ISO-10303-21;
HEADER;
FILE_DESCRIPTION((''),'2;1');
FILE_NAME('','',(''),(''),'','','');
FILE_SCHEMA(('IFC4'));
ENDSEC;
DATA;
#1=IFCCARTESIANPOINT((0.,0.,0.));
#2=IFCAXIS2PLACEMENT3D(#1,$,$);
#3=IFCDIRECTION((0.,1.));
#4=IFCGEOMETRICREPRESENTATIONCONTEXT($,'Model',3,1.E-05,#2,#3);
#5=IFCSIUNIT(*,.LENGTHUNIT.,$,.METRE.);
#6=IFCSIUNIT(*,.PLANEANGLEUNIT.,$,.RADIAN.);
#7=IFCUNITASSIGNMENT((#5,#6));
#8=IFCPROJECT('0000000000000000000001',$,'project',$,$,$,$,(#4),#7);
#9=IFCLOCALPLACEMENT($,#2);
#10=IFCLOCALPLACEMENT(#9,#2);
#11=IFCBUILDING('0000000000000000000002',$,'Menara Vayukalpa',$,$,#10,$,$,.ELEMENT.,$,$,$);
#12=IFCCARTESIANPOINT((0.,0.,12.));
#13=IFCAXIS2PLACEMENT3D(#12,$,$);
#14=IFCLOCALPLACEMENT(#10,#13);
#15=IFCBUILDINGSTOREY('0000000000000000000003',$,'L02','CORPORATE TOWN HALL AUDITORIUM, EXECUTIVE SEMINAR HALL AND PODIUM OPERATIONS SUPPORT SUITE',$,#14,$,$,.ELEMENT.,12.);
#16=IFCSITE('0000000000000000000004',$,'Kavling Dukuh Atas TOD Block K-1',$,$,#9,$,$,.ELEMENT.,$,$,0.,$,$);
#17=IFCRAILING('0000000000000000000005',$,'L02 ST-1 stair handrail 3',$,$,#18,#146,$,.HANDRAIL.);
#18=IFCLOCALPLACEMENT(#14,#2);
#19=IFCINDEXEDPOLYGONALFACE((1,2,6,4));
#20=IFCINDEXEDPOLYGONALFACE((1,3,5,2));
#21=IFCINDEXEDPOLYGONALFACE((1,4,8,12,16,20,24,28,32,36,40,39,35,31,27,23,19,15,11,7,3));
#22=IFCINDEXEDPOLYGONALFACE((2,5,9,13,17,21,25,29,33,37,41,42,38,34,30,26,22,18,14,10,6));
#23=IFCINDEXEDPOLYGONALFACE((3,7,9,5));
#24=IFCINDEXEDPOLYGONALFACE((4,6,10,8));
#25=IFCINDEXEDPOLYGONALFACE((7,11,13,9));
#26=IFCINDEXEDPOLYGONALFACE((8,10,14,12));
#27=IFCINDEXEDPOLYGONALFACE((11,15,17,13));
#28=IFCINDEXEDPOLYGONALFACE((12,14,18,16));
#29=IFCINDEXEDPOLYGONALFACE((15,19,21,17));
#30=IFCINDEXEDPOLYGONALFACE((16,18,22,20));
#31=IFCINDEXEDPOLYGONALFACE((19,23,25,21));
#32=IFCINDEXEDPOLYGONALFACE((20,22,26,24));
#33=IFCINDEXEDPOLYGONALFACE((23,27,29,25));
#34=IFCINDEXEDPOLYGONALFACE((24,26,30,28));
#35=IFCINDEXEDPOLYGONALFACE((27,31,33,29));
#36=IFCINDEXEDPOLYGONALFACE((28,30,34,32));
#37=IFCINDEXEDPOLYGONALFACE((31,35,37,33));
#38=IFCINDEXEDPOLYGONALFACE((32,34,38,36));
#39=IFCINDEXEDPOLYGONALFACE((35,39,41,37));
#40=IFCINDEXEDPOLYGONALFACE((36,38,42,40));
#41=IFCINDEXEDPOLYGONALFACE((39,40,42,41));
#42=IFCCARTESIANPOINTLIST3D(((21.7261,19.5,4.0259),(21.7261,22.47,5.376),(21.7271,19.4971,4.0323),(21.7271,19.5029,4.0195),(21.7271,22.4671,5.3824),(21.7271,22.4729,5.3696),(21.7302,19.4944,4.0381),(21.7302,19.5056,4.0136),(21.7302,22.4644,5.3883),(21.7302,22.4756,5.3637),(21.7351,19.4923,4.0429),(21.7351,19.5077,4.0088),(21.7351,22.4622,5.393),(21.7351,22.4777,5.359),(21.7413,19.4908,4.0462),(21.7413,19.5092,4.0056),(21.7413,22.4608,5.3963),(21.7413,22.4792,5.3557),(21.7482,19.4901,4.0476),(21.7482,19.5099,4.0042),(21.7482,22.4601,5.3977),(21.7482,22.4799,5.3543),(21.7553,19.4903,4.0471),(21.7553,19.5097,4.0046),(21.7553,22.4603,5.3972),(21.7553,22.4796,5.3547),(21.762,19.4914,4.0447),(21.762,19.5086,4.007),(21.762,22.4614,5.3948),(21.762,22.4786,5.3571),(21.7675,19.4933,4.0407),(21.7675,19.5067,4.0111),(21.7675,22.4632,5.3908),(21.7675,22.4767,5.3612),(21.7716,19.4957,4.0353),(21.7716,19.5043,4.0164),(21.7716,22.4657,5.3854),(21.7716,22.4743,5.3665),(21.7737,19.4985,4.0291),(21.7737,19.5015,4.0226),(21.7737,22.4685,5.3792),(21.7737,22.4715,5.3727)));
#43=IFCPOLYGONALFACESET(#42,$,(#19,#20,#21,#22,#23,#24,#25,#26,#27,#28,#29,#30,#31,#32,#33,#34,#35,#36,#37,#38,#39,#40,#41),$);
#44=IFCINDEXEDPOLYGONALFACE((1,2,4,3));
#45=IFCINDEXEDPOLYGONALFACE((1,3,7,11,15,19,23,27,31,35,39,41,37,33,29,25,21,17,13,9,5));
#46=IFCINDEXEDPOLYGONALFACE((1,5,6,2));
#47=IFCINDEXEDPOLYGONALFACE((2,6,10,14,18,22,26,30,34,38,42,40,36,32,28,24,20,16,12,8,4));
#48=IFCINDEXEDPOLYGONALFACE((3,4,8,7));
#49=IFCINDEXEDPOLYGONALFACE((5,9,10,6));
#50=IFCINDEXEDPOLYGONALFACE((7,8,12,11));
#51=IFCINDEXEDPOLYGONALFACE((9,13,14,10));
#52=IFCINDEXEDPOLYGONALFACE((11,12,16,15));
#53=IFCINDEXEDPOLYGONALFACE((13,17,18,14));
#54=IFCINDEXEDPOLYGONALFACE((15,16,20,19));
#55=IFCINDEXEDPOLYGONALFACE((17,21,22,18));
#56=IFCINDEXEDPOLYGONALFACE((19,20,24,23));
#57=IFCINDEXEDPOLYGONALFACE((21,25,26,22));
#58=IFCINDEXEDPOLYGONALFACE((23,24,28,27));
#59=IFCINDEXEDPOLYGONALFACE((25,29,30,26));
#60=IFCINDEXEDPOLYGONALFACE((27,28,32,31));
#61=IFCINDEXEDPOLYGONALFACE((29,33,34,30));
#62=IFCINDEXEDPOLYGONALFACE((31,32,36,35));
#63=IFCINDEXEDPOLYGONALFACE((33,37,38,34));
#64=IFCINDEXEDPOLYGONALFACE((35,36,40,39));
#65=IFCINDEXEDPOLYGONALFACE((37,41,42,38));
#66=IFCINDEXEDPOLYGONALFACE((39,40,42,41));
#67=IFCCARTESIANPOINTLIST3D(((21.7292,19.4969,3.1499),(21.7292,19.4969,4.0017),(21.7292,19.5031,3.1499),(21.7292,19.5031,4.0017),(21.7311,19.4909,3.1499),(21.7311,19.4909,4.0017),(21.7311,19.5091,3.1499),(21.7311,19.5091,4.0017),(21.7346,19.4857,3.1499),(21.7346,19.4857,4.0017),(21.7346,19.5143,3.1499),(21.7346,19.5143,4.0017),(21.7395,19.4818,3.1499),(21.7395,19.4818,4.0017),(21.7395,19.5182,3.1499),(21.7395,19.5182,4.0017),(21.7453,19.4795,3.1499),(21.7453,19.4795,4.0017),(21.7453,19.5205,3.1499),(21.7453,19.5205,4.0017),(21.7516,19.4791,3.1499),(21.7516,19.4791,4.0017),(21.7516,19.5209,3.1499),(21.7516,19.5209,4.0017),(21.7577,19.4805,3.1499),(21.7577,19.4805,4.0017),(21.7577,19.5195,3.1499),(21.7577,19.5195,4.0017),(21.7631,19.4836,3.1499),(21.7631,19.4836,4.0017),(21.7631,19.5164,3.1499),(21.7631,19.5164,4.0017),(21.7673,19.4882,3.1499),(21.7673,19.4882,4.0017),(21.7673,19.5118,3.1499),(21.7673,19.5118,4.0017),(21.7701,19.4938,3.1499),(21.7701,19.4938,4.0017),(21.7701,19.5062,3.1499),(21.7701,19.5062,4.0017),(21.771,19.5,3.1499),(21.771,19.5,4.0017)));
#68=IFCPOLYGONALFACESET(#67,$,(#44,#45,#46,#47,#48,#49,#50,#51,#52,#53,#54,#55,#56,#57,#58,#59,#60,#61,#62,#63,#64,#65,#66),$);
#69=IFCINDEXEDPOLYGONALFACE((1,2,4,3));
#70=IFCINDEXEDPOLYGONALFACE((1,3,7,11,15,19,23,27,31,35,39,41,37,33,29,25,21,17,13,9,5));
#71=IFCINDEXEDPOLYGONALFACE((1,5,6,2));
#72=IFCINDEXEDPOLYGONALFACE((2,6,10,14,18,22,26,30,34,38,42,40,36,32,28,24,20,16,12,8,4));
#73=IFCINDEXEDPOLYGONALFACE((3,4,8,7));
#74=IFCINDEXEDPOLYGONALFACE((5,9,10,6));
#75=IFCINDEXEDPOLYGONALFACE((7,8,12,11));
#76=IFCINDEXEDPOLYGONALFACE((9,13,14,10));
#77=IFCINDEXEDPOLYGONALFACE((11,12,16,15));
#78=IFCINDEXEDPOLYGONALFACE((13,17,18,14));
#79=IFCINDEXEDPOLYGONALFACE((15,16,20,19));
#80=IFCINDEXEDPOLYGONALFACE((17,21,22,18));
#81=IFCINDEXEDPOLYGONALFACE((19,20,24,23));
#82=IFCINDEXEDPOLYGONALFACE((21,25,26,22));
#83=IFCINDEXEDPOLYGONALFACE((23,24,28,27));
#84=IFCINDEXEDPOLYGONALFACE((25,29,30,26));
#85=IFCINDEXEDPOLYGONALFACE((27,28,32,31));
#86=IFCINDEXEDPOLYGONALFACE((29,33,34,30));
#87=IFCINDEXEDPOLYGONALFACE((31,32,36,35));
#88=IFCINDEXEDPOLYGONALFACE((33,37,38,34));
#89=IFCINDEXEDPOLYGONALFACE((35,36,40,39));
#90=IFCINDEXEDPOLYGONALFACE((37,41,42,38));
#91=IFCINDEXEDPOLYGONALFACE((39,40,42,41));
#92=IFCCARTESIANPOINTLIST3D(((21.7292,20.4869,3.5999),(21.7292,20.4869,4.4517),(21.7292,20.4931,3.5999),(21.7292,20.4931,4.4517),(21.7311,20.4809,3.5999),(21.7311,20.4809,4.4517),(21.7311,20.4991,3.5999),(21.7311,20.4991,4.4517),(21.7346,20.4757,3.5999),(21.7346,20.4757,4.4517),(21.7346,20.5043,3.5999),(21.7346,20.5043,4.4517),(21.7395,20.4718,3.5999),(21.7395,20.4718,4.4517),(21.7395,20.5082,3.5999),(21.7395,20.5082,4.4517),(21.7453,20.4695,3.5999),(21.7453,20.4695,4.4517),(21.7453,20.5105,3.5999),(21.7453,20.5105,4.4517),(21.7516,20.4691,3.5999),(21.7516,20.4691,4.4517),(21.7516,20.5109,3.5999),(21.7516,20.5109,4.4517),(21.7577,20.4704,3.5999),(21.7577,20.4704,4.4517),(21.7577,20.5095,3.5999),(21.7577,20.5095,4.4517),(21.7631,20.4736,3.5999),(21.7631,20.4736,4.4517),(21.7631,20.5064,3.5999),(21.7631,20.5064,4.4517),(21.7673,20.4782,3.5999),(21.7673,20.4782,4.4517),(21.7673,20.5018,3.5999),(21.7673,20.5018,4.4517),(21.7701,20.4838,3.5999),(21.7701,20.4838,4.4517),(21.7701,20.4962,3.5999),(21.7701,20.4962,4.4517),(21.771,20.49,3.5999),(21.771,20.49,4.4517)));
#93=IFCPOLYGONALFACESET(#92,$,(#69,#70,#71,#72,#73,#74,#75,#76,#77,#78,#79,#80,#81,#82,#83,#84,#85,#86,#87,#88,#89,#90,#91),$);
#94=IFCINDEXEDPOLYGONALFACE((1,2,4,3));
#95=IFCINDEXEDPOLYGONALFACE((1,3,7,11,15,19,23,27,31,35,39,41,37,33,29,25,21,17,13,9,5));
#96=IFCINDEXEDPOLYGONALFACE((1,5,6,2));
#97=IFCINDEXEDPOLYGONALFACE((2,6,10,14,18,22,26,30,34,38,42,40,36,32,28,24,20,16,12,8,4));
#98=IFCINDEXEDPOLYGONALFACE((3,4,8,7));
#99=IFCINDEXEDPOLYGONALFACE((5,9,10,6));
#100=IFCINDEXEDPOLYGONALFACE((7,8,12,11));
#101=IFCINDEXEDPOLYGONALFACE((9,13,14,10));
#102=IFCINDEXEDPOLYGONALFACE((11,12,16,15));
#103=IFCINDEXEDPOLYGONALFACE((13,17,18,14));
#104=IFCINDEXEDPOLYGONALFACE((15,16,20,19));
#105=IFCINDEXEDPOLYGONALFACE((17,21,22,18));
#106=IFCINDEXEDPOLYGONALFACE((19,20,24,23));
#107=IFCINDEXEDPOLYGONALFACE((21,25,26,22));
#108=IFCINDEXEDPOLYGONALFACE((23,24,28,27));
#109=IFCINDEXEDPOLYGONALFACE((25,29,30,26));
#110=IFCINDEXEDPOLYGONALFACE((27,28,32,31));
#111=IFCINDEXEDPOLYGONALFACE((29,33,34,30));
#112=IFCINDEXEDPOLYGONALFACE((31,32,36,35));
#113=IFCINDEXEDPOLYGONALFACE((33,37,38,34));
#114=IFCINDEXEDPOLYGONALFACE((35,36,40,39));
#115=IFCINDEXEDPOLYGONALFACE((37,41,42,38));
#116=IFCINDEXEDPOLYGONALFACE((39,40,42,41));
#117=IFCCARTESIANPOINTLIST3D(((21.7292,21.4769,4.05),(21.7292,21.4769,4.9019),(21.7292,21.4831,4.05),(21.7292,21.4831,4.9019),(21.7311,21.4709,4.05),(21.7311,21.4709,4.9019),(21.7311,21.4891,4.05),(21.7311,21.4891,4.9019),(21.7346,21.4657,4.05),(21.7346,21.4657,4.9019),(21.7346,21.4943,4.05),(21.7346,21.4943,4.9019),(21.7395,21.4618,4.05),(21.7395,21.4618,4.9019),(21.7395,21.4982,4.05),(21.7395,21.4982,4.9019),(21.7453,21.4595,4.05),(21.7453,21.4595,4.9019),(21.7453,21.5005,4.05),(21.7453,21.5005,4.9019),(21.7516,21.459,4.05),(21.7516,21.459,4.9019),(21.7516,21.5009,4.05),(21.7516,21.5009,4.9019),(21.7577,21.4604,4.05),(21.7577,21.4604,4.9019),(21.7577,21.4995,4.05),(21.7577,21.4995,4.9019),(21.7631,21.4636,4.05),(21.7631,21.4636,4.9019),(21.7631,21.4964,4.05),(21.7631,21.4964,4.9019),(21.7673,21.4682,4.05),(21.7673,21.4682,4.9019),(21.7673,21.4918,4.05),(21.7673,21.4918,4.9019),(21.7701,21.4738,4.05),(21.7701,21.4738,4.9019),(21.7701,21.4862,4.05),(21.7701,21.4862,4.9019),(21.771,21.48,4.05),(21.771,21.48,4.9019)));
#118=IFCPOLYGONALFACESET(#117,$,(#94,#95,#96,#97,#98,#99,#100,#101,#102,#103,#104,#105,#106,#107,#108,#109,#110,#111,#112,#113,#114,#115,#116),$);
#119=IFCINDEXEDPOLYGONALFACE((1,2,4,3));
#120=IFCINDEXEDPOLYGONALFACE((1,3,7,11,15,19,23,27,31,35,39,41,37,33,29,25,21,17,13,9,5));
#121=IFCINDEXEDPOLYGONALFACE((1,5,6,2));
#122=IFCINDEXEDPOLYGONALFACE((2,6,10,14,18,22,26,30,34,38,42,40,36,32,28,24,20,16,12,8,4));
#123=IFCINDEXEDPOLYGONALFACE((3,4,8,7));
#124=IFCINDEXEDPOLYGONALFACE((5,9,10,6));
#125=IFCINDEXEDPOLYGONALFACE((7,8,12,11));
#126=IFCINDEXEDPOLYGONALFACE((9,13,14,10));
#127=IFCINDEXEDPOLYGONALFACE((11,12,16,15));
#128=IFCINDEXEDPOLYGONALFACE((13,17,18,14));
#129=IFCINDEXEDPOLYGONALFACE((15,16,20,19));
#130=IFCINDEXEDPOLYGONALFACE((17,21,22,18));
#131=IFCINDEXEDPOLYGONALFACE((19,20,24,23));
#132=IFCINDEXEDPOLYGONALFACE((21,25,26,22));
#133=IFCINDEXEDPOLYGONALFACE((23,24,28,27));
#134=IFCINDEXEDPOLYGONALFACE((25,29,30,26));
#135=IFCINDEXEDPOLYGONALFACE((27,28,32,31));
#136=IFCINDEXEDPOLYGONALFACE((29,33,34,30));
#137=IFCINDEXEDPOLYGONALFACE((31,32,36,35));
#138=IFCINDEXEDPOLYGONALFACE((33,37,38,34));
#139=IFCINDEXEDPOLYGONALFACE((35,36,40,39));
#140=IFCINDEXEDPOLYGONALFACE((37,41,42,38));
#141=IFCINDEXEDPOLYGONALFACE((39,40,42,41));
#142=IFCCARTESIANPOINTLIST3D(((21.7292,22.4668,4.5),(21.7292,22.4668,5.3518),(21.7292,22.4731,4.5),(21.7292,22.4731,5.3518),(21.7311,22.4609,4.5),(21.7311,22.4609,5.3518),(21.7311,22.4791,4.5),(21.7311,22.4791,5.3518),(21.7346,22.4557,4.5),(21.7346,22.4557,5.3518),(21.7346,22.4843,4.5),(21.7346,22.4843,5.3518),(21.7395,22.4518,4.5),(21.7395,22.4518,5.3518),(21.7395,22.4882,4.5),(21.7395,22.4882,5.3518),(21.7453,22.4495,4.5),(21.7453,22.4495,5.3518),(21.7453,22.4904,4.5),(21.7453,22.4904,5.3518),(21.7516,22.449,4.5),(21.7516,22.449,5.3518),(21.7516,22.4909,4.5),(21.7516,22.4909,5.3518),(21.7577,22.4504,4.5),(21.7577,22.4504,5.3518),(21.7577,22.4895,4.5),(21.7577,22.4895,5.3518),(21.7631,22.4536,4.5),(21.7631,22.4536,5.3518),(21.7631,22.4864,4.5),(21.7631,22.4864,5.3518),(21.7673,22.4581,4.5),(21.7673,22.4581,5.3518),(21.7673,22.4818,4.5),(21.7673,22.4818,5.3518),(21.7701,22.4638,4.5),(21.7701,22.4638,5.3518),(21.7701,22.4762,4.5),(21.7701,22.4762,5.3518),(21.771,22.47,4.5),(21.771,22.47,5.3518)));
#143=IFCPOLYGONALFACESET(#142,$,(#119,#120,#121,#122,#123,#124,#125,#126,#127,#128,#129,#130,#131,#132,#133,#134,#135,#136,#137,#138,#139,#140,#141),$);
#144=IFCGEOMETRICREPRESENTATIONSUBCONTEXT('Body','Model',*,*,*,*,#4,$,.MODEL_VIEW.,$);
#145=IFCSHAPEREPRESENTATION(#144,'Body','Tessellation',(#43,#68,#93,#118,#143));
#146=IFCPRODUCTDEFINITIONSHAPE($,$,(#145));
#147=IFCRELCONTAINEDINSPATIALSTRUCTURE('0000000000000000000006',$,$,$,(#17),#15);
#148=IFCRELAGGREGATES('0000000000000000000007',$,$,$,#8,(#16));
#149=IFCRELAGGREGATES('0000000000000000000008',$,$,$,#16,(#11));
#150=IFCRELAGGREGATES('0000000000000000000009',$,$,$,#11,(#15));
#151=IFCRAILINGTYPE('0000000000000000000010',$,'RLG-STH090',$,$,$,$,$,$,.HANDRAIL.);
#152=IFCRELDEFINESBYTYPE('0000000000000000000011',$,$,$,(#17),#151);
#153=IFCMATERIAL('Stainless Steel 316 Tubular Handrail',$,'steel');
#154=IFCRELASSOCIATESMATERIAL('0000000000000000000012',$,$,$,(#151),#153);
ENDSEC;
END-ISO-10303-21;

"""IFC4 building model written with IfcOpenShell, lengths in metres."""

from ifc_helpers import new_model, si_unit, direction, frame, origin, origin_2d, place, context, subcontext, project, spatial, circle, extrude, material, type_object, element, save


model = new_model("IFC4")

# Units and contexts
model_context = context("Model", 3, precision=1e-05, world=origin(), true_north=direction((0.0, 1.0)))
body_context = subcontext(model_context, "Body", "Model", "MODEL_VIEW")
ifc_project = project(units=[si_unit("LENGTHUNIT", "METRE"), si_unit("PLANEANGLEUNIT", "RADIAN")], contexts=[model_context])

# Site, building, storey
site_placement = place(None, origin())
site = spatial("IfcSite", under=ifc_project, at=site_placement, Name="Kavling Dukuh Atas TOD Block K-1", CompositionType="ELEMENT", RefElevation=0.0)
building_placement = place(site_placement, origin())
building = spatial("IfcBuilding", under=site, at=building_placement, Name="Menara Vayukalpa", CompositionType="ELEMENT")
storey_placement = place(building_placement, frame((0.0, 0.0, 12.0)))
storey = spatial("IfcBuildingStorey", under=building, at=storey_placement, Name="L02", Description="CORPORATE TOWN HALL AUDITORIUM, EXECUTIVE SEMINAR HALL AND PODIUM OPERATIONS SUPPORT SUITE", CompositionType="ELEMENT", Elevation=12.0)

# Railing
ifc_material_1 = material(Name="Stainless Steel 316 Tubular Handrail", Category="steel")
railing_type_1 = type_object("IfcRailingType", Name="RLG-STH090", PredefinedType="HANDRAIL", material=ifc_material_1)
for number, where, name in (
    (1, (21.75, 19.5, 3.1499), "L02 ST-1 stair handrail 3"),
):
    element("IfcRailing", number, at=place(storey_placement, frame(where)), inside=storey, type_object=railing_type_1, Name=name, PredefinedType="HANDRAIL", context=body_context, shape_type="SweptSolid", body=[
        extrude(circle(Radius=0.0239, at=origin_2d()), frame((0.0, 0.0, 0.876), z_axis=(0.0, 0.910354, 0.413831), x_axis=(-1.0, 0.0, 0.0)), (0.0, 0.0, 1.0), 3.2625),
        extrude(circle(Radius=0.021, at=origin_2d()), origin(), (0.0, 0.0, 1.0), 0.8518),
        extrude(circle(Radius=0.021, at=origin_2d()), frame((0.0, 0.99, 0.45)), (0.0, 0.0, 1.0), 0.8518),
        extrude(circle(Radius=0.021, at=origin_2d()), frame((0.0, 1.98, 0.9001)), (0.0, 0.0, 1.0), 0.8518),
        extrude(circle(Radius=0.021, at=origin_2d()), frame((0.0, 2.97, 1.3501)), (0.0, 0.0, 1.0), 0.8518),
    ])

save(model, "model.ifc")
